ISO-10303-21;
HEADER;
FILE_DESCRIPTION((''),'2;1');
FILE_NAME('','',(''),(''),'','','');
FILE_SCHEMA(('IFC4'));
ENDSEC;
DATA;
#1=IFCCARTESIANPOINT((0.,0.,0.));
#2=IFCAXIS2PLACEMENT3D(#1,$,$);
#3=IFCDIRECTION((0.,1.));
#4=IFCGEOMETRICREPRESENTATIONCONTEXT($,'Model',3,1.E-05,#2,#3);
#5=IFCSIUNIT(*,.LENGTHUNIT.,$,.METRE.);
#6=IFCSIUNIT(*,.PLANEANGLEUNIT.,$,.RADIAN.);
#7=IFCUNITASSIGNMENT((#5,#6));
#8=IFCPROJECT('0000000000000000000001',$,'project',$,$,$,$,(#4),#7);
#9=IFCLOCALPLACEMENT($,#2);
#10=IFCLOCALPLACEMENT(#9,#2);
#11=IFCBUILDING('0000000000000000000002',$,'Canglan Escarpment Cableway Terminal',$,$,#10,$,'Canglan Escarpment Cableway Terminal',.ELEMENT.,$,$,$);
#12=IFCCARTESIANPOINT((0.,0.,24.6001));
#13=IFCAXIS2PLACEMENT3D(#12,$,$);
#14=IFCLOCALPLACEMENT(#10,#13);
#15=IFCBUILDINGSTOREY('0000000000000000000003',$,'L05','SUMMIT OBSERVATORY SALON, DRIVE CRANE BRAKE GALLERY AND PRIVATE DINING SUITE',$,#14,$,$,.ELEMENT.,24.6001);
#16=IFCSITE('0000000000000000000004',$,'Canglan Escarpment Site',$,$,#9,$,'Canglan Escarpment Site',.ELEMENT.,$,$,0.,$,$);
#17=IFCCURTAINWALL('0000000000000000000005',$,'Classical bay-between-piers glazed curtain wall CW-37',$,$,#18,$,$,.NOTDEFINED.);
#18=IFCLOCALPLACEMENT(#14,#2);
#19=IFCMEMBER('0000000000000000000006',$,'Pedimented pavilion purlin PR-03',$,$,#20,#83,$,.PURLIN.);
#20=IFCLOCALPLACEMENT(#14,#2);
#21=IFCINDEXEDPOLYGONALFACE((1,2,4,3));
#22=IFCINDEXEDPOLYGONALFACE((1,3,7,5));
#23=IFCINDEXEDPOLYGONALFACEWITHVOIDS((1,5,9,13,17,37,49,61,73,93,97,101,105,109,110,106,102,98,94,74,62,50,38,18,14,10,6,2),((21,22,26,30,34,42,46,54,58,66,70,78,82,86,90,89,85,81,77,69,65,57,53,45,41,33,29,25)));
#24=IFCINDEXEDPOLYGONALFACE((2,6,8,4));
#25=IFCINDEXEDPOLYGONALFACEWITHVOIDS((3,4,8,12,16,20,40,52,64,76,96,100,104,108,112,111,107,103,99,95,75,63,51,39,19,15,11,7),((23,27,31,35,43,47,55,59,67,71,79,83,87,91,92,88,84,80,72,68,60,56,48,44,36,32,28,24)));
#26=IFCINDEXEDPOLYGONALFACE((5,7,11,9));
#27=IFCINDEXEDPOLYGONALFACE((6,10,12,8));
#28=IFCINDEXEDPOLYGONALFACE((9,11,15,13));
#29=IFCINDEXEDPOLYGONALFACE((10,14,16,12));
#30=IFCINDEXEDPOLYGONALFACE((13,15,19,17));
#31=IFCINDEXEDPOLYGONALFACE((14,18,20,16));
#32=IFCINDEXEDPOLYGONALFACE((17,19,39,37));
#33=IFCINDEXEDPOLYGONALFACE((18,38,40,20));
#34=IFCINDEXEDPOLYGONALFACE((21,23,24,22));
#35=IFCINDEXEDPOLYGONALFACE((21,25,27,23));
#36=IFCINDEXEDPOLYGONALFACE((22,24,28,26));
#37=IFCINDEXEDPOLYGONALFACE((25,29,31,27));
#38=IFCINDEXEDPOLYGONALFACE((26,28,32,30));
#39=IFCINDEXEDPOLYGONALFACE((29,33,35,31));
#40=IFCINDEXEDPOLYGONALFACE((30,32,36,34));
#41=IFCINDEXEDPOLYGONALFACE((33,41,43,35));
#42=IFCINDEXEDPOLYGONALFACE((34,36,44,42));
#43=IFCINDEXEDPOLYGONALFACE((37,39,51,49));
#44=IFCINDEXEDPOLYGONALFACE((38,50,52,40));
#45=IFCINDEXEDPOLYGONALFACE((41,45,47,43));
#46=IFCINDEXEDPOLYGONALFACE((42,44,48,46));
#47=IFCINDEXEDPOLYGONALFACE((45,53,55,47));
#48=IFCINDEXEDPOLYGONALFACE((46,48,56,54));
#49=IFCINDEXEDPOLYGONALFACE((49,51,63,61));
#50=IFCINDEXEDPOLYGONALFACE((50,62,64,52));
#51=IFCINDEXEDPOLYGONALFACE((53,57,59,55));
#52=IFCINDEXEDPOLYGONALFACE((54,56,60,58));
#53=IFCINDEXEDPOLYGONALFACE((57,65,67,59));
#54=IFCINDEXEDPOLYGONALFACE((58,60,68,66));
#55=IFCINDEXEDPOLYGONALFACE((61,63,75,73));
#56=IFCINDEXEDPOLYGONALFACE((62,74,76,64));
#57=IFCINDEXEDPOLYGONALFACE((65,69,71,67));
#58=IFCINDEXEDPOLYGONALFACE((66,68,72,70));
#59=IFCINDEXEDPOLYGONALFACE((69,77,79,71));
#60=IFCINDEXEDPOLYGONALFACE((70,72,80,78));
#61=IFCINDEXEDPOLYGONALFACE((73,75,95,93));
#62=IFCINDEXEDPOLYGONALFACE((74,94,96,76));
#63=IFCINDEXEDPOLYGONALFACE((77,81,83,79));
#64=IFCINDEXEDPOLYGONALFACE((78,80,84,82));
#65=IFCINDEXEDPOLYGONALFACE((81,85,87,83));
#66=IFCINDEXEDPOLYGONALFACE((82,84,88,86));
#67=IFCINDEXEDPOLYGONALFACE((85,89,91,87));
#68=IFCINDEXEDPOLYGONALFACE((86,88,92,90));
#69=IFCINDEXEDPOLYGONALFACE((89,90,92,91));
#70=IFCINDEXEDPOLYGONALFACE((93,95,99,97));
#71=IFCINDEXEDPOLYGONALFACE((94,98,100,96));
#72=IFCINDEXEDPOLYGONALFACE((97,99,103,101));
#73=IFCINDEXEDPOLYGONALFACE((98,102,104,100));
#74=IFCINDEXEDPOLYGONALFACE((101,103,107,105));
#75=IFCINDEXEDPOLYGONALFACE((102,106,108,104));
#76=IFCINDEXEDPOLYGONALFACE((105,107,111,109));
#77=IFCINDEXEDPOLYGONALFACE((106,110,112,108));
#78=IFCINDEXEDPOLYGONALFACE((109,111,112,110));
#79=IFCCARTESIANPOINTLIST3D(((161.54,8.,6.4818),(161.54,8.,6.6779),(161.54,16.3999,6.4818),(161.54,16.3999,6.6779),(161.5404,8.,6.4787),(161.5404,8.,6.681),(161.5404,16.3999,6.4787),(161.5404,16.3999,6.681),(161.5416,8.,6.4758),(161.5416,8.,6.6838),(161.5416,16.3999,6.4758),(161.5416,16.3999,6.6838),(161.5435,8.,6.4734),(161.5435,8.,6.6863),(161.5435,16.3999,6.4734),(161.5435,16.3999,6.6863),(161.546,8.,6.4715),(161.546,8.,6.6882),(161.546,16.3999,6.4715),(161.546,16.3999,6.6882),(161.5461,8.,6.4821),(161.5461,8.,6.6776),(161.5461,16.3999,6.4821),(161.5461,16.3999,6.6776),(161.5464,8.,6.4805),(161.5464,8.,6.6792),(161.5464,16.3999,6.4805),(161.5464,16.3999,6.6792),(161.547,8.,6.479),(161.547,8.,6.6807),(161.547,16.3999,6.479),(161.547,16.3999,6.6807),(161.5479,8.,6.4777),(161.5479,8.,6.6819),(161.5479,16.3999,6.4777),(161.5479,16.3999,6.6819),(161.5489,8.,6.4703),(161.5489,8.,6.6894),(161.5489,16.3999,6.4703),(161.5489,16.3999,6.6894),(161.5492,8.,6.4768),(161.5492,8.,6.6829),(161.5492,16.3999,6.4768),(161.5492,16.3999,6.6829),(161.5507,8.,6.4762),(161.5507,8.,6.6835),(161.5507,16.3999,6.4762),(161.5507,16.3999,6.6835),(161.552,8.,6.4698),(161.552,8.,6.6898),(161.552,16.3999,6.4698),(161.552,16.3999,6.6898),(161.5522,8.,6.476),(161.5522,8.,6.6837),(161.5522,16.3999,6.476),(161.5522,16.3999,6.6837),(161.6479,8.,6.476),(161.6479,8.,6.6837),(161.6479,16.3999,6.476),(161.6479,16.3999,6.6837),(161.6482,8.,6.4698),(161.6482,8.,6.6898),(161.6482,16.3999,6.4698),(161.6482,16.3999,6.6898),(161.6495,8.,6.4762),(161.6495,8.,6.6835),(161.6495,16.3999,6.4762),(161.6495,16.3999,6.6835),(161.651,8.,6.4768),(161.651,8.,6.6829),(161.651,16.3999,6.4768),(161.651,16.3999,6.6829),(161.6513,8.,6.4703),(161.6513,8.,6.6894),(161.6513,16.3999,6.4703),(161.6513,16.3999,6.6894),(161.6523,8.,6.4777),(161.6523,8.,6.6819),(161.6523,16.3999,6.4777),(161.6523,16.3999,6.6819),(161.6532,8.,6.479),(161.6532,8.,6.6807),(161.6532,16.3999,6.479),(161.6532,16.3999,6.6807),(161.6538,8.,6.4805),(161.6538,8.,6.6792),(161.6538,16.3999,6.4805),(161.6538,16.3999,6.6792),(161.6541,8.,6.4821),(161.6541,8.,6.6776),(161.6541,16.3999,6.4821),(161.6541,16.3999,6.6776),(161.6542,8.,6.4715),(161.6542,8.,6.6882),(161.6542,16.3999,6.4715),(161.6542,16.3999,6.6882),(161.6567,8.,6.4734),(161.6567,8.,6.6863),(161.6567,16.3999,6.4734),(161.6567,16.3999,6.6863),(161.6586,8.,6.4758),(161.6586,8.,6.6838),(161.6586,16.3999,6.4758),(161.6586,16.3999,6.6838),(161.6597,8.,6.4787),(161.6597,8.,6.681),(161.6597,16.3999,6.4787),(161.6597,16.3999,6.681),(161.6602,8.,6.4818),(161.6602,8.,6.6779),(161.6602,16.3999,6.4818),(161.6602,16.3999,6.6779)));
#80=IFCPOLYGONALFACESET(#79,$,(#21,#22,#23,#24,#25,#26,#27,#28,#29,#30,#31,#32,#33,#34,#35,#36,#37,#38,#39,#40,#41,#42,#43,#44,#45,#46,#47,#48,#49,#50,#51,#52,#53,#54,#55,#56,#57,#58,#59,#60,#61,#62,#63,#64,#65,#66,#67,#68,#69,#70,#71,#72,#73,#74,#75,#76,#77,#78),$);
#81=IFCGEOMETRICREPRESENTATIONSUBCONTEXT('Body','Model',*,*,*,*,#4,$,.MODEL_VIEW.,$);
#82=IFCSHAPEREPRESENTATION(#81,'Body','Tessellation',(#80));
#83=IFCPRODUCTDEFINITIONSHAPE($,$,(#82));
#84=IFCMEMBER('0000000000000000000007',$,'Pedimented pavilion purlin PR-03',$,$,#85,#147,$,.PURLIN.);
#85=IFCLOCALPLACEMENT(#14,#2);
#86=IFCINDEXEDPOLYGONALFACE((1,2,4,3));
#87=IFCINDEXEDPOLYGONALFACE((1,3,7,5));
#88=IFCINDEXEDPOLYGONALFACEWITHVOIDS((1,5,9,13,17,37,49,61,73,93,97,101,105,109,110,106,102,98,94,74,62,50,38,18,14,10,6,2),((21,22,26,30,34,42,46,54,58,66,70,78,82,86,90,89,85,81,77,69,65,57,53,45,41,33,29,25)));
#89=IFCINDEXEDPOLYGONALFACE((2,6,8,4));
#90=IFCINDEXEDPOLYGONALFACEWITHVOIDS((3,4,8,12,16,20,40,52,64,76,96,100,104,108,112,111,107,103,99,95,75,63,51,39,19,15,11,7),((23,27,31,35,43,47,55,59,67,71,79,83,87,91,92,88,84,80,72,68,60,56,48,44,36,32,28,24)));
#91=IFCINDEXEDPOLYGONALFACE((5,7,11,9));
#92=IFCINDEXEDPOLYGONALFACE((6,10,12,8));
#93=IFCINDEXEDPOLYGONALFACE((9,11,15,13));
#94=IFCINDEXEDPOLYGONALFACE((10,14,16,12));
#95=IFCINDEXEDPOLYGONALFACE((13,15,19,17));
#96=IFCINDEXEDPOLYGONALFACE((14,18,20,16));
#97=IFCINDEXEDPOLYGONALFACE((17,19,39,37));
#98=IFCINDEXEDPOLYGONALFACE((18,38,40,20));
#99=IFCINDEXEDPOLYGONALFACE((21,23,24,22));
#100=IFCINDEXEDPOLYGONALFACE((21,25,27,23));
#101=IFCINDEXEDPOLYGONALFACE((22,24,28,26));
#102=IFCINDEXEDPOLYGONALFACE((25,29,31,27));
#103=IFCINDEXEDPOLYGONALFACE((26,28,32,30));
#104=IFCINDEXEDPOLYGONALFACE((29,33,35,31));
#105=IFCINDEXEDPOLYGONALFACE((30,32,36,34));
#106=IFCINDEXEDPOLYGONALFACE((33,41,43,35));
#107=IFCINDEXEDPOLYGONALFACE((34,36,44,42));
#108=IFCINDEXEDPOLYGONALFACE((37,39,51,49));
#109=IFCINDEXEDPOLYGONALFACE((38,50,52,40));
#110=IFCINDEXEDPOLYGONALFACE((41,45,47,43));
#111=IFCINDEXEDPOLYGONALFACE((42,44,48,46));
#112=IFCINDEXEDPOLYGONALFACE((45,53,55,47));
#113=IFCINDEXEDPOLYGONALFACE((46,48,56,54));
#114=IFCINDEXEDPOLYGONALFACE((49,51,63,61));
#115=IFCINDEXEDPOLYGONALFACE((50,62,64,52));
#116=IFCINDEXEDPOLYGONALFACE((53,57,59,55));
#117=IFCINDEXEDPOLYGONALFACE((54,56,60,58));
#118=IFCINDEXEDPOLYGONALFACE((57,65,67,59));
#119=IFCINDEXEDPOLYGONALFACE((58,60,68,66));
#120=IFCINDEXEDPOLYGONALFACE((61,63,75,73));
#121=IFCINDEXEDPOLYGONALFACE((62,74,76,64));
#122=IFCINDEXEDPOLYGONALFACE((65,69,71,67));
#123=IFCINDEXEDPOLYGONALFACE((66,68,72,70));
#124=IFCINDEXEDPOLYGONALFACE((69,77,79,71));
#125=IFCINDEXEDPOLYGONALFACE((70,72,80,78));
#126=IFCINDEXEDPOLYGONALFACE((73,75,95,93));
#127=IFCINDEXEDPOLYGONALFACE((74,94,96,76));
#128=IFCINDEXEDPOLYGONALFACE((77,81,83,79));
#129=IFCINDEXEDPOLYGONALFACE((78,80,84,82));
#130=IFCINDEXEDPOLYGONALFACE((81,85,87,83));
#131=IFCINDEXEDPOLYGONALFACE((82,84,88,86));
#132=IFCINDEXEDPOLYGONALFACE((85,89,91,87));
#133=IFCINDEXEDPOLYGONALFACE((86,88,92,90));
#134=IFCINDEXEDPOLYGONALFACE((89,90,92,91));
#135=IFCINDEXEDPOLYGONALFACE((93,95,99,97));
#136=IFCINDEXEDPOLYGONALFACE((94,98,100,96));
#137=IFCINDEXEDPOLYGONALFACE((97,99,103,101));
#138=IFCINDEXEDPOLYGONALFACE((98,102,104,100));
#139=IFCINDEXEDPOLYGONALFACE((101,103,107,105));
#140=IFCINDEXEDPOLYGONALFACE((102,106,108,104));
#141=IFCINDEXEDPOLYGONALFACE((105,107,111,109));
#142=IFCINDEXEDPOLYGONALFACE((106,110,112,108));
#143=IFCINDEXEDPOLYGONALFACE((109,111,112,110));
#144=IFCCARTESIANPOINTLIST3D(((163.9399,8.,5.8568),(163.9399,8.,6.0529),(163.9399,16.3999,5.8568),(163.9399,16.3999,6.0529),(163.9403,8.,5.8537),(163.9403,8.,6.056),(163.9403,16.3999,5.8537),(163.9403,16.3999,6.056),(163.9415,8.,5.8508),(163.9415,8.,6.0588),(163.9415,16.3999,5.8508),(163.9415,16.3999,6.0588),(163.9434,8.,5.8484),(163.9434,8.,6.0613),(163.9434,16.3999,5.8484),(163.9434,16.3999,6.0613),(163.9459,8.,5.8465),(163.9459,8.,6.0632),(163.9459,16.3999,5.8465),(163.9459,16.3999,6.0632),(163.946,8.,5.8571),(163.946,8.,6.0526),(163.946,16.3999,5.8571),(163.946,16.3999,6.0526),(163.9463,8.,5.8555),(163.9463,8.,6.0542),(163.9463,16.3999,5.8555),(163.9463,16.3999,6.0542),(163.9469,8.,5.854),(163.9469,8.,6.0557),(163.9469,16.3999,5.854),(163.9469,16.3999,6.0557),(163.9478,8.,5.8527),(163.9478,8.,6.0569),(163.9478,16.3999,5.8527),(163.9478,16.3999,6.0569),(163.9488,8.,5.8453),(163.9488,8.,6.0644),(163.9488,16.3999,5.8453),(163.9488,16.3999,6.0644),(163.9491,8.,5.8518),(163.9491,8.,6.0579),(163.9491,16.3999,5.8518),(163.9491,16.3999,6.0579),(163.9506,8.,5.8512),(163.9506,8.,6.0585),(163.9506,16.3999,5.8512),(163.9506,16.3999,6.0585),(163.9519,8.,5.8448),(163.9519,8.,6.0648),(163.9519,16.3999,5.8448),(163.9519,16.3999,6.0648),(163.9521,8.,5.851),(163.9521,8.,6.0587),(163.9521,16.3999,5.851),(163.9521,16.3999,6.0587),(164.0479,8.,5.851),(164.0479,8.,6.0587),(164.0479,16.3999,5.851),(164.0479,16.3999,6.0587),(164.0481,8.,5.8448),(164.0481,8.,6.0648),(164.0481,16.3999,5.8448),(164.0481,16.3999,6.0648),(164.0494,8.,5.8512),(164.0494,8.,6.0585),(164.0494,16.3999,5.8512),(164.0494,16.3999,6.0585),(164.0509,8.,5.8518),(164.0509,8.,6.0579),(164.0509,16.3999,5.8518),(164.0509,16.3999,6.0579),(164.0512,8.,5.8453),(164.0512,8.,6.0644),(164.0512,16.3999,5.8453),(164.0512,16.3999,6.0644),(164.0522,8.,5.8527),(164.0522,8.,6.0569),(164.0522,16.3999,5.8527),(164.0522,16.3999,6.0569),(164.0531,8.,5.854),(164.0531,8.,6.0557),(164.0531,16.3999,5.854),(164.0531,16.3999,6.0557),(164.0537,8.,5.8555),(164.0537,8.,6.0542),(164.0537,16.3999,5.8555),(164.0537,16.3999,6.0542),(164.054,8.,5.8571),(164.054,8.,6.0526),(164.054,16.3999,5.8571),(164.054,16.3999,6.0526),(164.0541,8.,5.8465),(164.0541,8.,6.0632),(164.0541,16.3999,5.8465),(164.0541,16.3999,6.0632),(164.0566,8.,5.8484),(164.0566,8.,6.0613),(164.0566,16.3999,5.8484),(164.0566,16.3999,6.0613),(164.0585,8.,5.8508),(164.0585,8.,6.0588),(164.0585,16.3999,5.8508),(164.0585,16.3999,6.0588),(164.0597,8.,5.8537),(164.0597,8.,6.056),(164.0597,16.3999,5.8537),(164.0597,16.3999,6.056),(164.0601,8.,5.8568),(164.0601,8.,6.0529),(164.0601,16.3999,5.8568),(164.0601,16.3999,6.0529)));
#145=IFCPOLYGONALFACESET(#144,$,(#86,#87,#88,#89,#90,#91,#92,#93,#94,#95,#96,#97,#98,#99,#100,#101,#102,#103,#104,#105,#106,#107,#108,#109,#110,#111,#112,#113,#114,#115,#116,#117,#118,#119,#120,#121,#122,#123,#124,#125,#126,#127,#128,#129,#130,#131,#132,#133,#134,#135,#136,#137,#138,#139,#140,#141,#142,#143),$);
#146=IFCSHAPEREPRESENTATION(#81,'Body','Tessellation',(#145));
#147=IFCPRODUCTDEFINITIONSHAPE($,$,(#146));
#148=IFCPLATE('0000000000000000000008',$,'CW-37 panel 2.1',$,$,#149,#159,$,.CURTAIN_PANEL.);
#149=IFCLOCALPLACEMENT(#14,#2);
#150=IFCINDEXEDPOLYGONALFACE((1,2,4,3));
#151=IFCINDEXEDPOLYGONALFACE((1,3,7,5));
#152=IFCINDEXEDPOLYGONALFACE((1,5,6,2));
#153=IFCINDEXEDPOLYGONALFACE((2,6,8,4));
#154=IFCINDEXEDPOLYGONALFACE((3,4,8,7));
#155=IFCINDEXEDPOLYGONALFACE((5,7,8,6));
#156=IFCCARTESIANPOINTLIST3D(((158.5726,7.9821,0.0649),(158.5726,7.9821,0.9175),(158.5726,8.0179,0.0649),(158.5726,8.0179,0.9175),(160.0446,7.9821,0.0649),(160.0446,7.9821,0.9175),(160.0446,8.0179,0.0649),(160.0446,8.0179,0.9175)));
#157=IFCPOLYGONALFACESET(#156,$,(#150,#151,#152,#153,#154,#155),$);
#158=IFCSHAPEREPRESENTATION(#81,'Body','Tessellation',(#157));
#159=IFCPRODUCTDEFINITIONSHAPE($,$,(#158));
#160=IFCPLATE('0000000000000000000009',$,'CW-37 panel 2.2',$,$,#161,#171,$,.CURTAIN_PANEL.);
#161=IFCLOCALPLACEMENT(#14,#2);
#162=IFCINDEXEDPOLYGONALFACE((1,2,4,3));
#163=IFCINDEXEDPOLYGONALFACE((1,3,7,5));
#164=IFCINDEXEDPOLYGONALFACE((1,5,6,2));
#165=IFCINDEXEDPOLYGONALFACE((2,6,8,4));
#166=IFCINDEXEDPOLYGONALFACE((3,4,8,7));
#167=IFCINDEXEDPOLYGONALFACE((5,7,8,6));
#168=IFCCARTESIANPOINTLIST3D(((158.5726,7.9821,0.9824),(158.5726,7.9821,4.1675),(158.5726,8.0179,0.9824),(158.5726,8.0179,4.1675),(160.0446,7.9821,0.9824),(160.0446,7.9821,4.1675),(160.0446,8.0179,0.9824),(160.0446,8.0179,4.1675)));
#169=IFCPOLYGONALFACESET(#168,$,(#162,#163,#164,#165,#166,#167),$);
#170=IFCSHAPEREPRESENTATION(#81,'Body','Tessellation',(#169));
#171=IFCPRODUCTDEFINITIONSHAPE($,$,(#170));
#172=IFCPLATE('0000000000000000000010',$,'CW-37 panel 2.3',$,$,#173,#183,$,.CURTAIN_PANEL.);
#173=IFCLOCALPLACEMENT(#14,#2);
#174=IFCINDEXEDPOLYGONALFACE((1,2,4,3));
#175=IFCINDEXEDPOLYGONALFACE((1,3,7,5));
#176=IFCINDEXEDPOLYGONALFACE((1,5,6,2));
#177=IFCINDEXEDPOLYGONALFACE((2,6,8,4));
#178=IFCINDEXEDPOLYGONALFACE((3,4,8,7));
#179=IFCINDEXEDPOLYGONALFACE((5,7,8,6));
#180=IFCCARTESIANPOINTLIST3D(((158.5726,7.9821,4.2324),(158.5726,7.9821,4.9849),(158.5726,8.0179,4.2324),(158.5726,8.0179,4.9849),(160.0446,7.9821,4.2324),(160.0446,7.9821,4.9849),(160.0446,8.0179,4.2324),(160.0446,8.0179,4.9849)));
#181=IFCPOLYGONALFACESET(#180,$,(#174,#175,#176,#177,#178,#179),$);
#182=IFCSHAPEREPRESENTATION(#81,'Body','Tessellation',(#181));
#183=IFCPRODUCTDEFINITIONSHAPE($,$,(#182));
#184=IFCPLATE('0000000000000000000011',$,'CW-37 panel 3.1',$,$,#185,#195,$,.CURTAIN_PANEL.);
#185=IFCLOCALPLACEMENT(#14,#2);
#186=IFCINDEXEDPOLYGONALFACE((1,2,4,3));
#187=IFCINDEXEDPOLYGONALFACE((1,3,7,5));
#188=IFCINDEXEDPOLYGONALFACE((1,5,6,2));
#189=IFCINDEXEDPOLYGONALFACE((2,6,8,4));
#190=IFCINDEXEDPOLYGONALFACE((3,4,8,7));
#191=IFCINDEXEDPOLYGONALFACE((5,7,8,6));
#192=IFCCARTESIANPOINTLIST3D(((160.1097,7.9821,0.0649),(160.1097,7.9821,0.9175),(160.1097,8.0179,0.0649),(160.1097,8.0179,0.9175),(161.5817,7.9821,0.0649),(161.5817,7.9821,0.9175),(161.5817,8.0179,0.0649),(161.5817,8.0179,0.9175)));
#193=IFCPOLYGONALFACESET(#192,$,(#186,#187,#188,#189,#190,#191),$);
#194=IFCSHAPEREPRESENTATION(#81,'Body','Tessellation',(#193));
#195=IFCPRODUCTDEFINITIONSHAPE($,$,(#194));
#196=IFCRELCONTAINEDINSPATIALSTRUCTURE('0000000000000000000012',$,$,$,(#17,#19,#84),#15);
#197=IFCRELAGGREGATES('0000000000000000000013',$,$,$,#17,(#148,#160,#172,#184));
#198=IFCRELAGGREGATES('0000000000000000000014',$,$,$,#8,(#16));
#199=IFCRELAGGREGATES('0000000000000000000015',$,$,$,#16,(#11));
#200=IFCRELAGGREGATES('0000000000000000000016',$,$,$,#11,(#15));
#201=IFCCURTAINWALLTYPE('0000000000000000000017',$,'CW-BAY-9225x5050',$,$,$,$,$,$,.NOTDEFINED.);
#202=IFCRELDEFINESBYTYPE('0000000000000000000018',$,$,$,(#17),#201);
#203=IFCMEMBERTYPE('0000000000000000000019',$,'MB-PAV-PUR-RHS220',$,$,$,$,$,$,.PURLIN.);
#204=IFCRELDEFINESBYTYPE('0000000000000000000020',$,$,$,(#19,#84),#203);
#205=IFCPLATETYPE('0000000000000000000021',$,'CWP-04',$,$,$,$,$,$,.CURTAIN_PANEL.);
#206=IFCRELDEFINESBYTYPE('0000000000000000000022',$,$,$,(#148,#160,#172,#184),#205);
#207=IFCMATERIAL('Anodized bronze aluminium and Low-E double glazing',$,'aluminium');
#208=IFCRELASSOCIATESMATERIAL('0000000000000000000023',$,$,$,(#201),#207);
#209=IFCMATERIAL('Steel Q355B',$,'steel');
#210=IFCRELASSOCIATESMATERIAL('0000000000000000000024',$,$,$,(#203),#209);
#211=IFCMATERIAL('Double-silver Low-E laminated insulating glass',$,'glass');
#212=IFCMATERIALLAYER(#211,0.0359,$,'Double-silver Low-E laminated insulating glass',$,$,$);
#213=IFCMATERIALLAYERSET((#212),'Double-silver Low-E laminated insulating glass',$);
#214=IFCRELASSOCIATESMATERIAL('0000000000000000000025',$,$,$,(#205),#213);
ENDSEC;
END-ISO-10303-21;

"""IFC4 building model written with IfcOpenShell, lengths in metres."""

from ifc_helpers import new_model, si_unit, direction, frame, origin, origin_2d, place, context, subcontext, project, spatial, rectangle, hollow_rectangle, extrude, material, layer, layer_set, material_profile, profile_set, type_object, element, aggregate, save


model = new_model("IFC4")

# Units and contexts
model_context = context("Model", 3, precision=1e-05, world=origin(), true_north=direction((0.0, 1.0)))
body_context = subcontext(model_context, "Body", "Model", "MODEL_VIEW")
ifc_project = project(units=[si_unit("LENGTHUNIT", "METRE"), si_unit("PLANEANGLEUNIT", "RADIAN")], contexts=[model_context])

# Site, building, storey
site_placement = place(None, origin())
site = spatial("IfcSite", under=ifc_project, at=site_placement, Name="Canglan Escarpment Site", LongName="Canglan Escarpment Site", CompositionType="ELEMENT", RefElevation=0.0)
building_placement = place(site_placement, origin())
building = spatial("IfcBuilding", under=site, at=building_placement, Name="Canglan Escarpment Cableway Terminal", LongName="Canglan Escarpment Cableway Terminal", CompositionType="ELEMENT")
storey_placement = place(building_placement, frame((0.0, 0.0, 24.6001)))
storey = spatial("IfcBuildingStorey", under=building, at=storey_placement, Name="L05", Description="SUMMIT OBSERVATORY SALON, DRIVE CRANE BRAKE GALLERY AND PRIVATE DINING SUITE", CompositionType="ELEMENT", Elevation=24.6001)

# Curtain wall
ifc_material_1 = material(Name="Anodized bronze aluminium and Low-E double glazing", Category="aluminium")
curtain_wall_type = type_object("IfcCurtainWallType", Name="CW-BAY-9225x5050", PredefinedType="NOTDEFINED", material=ifc_material_1)
curtain_wall_placement = place(storey_placement, origin())
curtain_wall = element("IfcCurtainWall", 1, at=curtain_wall_placement, inside=storey, type_object=curtain_wall_type, Name="Classical bay-between-piers glazed curtain wall CW-37", PredefinedType="NOTDEFINED")

# Members
ifc_material_2 = material(Name="Steel Q355B", Category="steel")
ifc_material_profile_1 = material_profile(ifc_material_2, hollow_rectangle(XDim=0.1201, YDim=0.22, WallThickness=0.0061, InnerFilletRadius=0.0061, OuterFilletRadius=0.012, at=origin_2d()), Name="RHS 220x120x6")
ifc_profile_set_1 = profile_set([ifc_material_profile_1], Name="Steel Q355B")
member_type_1 = type_object("IfcMemberType", Name="MB-PAV-PUR-RHS220", PredefinedType="PURLIN", material=ifc_profile_set_1)
for number, where, z_axis, x_axis, name in (
    (2, (161.6001, 8.0, 6.5798), (0.0, 1.0, 0.0), (-1.0, 0.0, 0.0), "Pedimented pavilion purlin PR-03"),
    (3, (164.0, 8.0, 5.9548), (0.0, 1.0, 0.0), (-1.0, 0.0, 0.0), "Pedimented pavilion purlin PR-03"),
):
    element("IfcMember", number, at=place(storey_placement, frame(where, z_axis=z_axis, x_axis=x_axis)), inside=storey, type_object=member_type_1, Name=name, PredefinedType="PURLIN", context=body_context, shape_type="SweptSolid", body=[
        extrude(hollow_rectangle(XDim=0.1201, YDim=0.22, WallThickness=0.0061, InnerFilletRadius=0.0061, OuterFilletRadius=0.012, at=origin_2d()), origin(), (0.0, 0.0, 1.0), 8.3999),
    ])

# Plates
ifc_material_3 = material(Name="Double-silver Low-E laminated insulating glass", Category="glass")
ifc_layer_1 = layer(ifc_material_3, 0.0359, Name="Double-silver Low-E laminated insulating glass")
ifc_layer_set_1 = layer_set([ifc_layer_1], Name="Double-silver Low-E laminated insulating glass")
plate_type_1 = type_object("IfcPlateType", Name="CWP-04", PredefinedType="CURTAIN_PANEL", material=ifc_layer_set_1)
plate_1_placement = place(storey_placement, frame((159.3086, 8.0, 0.0649), z_axis=(0.0, 0.0, 1.0), x_axis=(1.0, 0.0, 0.0)))
plate_1 = element("IfcPlate", 4, at=plate_1_placement, type_object=plate_type_1, Name="CW-37 panel 2.1", PredefinedType="CURTAIN_PANEL", context=body_context, shape_type="SweptSolid", body=[
    extrude(rectangle(XDim=1.4719, YDim=0.0359, at=origin_2d()), origin(), (0.0, 0.0, 1.0), 0.8525),
])
plate_2_placement = place(storey_placement, frame((159.3086, 8.0, 0.9824), z_axis=(0.0, 0.0, 1.0), x_axis=(1.0, 0.0, 0.0)))
plate_2 = element("IfcPlate", 5, at=plate_2_placement, type_object=plate_type_1, Name="CW-37 panel 2.2", PredefinedType="CURTAIN_PANEL", context=body_context, shape_type="SweptSolid", body=[
    extrude(rectangle(XDim=1.4719, YDim=0.0359, at=origin_2d()), origin(), (0.0, 0.0, 1.0), 3.1851),
])
plate_3_placement = place(storey_placement, frame((159.3086, 8.0, 4.2324), z_axis=(0.0, 0.0, 1.0), x_axis=(1.0, 0.0, 0.0)))
plate_3 = element("IfcPlate", 6, at=plate_3_placement, type_object=plate_type_1, Name="CW-37 panel 2.3", PredefinedType="CURTAIN_PANEL", context=body_context, shape_type="SweptSolid", body=[
    extrude(rectangle(XDim=1.4719, YDim=0.0359, at=origin_2d()), origin(), (0.0, 0.0, 1.0), 0.7524),
])
plate_4_placement = place(storey_placement, frame((160.8457, 8.0, 0.0649), z_axis=(0.0, 0.0, 1.0), x_axis=(1.0, 0.0, 0.0)))
plate_4 = element("IfcPlate", 7, at=plate_4_placement, type_object=plate_type_1, Name="CW-37 panel 3.1", PredefinedType="CURTAIN_PANEL", context=body_context, shape_type="SweptSolid", body=[
    extrude(rectangle(XDim=1.4719, YDim=0.0359, at=origin_2d()), origin(), (0.0, 0.0, 1.0), 0.8525),
])
aggregate(curtain_wall, [plate_1, plate_2, plate_3, plate_4])

save(model, "model.ifc")
